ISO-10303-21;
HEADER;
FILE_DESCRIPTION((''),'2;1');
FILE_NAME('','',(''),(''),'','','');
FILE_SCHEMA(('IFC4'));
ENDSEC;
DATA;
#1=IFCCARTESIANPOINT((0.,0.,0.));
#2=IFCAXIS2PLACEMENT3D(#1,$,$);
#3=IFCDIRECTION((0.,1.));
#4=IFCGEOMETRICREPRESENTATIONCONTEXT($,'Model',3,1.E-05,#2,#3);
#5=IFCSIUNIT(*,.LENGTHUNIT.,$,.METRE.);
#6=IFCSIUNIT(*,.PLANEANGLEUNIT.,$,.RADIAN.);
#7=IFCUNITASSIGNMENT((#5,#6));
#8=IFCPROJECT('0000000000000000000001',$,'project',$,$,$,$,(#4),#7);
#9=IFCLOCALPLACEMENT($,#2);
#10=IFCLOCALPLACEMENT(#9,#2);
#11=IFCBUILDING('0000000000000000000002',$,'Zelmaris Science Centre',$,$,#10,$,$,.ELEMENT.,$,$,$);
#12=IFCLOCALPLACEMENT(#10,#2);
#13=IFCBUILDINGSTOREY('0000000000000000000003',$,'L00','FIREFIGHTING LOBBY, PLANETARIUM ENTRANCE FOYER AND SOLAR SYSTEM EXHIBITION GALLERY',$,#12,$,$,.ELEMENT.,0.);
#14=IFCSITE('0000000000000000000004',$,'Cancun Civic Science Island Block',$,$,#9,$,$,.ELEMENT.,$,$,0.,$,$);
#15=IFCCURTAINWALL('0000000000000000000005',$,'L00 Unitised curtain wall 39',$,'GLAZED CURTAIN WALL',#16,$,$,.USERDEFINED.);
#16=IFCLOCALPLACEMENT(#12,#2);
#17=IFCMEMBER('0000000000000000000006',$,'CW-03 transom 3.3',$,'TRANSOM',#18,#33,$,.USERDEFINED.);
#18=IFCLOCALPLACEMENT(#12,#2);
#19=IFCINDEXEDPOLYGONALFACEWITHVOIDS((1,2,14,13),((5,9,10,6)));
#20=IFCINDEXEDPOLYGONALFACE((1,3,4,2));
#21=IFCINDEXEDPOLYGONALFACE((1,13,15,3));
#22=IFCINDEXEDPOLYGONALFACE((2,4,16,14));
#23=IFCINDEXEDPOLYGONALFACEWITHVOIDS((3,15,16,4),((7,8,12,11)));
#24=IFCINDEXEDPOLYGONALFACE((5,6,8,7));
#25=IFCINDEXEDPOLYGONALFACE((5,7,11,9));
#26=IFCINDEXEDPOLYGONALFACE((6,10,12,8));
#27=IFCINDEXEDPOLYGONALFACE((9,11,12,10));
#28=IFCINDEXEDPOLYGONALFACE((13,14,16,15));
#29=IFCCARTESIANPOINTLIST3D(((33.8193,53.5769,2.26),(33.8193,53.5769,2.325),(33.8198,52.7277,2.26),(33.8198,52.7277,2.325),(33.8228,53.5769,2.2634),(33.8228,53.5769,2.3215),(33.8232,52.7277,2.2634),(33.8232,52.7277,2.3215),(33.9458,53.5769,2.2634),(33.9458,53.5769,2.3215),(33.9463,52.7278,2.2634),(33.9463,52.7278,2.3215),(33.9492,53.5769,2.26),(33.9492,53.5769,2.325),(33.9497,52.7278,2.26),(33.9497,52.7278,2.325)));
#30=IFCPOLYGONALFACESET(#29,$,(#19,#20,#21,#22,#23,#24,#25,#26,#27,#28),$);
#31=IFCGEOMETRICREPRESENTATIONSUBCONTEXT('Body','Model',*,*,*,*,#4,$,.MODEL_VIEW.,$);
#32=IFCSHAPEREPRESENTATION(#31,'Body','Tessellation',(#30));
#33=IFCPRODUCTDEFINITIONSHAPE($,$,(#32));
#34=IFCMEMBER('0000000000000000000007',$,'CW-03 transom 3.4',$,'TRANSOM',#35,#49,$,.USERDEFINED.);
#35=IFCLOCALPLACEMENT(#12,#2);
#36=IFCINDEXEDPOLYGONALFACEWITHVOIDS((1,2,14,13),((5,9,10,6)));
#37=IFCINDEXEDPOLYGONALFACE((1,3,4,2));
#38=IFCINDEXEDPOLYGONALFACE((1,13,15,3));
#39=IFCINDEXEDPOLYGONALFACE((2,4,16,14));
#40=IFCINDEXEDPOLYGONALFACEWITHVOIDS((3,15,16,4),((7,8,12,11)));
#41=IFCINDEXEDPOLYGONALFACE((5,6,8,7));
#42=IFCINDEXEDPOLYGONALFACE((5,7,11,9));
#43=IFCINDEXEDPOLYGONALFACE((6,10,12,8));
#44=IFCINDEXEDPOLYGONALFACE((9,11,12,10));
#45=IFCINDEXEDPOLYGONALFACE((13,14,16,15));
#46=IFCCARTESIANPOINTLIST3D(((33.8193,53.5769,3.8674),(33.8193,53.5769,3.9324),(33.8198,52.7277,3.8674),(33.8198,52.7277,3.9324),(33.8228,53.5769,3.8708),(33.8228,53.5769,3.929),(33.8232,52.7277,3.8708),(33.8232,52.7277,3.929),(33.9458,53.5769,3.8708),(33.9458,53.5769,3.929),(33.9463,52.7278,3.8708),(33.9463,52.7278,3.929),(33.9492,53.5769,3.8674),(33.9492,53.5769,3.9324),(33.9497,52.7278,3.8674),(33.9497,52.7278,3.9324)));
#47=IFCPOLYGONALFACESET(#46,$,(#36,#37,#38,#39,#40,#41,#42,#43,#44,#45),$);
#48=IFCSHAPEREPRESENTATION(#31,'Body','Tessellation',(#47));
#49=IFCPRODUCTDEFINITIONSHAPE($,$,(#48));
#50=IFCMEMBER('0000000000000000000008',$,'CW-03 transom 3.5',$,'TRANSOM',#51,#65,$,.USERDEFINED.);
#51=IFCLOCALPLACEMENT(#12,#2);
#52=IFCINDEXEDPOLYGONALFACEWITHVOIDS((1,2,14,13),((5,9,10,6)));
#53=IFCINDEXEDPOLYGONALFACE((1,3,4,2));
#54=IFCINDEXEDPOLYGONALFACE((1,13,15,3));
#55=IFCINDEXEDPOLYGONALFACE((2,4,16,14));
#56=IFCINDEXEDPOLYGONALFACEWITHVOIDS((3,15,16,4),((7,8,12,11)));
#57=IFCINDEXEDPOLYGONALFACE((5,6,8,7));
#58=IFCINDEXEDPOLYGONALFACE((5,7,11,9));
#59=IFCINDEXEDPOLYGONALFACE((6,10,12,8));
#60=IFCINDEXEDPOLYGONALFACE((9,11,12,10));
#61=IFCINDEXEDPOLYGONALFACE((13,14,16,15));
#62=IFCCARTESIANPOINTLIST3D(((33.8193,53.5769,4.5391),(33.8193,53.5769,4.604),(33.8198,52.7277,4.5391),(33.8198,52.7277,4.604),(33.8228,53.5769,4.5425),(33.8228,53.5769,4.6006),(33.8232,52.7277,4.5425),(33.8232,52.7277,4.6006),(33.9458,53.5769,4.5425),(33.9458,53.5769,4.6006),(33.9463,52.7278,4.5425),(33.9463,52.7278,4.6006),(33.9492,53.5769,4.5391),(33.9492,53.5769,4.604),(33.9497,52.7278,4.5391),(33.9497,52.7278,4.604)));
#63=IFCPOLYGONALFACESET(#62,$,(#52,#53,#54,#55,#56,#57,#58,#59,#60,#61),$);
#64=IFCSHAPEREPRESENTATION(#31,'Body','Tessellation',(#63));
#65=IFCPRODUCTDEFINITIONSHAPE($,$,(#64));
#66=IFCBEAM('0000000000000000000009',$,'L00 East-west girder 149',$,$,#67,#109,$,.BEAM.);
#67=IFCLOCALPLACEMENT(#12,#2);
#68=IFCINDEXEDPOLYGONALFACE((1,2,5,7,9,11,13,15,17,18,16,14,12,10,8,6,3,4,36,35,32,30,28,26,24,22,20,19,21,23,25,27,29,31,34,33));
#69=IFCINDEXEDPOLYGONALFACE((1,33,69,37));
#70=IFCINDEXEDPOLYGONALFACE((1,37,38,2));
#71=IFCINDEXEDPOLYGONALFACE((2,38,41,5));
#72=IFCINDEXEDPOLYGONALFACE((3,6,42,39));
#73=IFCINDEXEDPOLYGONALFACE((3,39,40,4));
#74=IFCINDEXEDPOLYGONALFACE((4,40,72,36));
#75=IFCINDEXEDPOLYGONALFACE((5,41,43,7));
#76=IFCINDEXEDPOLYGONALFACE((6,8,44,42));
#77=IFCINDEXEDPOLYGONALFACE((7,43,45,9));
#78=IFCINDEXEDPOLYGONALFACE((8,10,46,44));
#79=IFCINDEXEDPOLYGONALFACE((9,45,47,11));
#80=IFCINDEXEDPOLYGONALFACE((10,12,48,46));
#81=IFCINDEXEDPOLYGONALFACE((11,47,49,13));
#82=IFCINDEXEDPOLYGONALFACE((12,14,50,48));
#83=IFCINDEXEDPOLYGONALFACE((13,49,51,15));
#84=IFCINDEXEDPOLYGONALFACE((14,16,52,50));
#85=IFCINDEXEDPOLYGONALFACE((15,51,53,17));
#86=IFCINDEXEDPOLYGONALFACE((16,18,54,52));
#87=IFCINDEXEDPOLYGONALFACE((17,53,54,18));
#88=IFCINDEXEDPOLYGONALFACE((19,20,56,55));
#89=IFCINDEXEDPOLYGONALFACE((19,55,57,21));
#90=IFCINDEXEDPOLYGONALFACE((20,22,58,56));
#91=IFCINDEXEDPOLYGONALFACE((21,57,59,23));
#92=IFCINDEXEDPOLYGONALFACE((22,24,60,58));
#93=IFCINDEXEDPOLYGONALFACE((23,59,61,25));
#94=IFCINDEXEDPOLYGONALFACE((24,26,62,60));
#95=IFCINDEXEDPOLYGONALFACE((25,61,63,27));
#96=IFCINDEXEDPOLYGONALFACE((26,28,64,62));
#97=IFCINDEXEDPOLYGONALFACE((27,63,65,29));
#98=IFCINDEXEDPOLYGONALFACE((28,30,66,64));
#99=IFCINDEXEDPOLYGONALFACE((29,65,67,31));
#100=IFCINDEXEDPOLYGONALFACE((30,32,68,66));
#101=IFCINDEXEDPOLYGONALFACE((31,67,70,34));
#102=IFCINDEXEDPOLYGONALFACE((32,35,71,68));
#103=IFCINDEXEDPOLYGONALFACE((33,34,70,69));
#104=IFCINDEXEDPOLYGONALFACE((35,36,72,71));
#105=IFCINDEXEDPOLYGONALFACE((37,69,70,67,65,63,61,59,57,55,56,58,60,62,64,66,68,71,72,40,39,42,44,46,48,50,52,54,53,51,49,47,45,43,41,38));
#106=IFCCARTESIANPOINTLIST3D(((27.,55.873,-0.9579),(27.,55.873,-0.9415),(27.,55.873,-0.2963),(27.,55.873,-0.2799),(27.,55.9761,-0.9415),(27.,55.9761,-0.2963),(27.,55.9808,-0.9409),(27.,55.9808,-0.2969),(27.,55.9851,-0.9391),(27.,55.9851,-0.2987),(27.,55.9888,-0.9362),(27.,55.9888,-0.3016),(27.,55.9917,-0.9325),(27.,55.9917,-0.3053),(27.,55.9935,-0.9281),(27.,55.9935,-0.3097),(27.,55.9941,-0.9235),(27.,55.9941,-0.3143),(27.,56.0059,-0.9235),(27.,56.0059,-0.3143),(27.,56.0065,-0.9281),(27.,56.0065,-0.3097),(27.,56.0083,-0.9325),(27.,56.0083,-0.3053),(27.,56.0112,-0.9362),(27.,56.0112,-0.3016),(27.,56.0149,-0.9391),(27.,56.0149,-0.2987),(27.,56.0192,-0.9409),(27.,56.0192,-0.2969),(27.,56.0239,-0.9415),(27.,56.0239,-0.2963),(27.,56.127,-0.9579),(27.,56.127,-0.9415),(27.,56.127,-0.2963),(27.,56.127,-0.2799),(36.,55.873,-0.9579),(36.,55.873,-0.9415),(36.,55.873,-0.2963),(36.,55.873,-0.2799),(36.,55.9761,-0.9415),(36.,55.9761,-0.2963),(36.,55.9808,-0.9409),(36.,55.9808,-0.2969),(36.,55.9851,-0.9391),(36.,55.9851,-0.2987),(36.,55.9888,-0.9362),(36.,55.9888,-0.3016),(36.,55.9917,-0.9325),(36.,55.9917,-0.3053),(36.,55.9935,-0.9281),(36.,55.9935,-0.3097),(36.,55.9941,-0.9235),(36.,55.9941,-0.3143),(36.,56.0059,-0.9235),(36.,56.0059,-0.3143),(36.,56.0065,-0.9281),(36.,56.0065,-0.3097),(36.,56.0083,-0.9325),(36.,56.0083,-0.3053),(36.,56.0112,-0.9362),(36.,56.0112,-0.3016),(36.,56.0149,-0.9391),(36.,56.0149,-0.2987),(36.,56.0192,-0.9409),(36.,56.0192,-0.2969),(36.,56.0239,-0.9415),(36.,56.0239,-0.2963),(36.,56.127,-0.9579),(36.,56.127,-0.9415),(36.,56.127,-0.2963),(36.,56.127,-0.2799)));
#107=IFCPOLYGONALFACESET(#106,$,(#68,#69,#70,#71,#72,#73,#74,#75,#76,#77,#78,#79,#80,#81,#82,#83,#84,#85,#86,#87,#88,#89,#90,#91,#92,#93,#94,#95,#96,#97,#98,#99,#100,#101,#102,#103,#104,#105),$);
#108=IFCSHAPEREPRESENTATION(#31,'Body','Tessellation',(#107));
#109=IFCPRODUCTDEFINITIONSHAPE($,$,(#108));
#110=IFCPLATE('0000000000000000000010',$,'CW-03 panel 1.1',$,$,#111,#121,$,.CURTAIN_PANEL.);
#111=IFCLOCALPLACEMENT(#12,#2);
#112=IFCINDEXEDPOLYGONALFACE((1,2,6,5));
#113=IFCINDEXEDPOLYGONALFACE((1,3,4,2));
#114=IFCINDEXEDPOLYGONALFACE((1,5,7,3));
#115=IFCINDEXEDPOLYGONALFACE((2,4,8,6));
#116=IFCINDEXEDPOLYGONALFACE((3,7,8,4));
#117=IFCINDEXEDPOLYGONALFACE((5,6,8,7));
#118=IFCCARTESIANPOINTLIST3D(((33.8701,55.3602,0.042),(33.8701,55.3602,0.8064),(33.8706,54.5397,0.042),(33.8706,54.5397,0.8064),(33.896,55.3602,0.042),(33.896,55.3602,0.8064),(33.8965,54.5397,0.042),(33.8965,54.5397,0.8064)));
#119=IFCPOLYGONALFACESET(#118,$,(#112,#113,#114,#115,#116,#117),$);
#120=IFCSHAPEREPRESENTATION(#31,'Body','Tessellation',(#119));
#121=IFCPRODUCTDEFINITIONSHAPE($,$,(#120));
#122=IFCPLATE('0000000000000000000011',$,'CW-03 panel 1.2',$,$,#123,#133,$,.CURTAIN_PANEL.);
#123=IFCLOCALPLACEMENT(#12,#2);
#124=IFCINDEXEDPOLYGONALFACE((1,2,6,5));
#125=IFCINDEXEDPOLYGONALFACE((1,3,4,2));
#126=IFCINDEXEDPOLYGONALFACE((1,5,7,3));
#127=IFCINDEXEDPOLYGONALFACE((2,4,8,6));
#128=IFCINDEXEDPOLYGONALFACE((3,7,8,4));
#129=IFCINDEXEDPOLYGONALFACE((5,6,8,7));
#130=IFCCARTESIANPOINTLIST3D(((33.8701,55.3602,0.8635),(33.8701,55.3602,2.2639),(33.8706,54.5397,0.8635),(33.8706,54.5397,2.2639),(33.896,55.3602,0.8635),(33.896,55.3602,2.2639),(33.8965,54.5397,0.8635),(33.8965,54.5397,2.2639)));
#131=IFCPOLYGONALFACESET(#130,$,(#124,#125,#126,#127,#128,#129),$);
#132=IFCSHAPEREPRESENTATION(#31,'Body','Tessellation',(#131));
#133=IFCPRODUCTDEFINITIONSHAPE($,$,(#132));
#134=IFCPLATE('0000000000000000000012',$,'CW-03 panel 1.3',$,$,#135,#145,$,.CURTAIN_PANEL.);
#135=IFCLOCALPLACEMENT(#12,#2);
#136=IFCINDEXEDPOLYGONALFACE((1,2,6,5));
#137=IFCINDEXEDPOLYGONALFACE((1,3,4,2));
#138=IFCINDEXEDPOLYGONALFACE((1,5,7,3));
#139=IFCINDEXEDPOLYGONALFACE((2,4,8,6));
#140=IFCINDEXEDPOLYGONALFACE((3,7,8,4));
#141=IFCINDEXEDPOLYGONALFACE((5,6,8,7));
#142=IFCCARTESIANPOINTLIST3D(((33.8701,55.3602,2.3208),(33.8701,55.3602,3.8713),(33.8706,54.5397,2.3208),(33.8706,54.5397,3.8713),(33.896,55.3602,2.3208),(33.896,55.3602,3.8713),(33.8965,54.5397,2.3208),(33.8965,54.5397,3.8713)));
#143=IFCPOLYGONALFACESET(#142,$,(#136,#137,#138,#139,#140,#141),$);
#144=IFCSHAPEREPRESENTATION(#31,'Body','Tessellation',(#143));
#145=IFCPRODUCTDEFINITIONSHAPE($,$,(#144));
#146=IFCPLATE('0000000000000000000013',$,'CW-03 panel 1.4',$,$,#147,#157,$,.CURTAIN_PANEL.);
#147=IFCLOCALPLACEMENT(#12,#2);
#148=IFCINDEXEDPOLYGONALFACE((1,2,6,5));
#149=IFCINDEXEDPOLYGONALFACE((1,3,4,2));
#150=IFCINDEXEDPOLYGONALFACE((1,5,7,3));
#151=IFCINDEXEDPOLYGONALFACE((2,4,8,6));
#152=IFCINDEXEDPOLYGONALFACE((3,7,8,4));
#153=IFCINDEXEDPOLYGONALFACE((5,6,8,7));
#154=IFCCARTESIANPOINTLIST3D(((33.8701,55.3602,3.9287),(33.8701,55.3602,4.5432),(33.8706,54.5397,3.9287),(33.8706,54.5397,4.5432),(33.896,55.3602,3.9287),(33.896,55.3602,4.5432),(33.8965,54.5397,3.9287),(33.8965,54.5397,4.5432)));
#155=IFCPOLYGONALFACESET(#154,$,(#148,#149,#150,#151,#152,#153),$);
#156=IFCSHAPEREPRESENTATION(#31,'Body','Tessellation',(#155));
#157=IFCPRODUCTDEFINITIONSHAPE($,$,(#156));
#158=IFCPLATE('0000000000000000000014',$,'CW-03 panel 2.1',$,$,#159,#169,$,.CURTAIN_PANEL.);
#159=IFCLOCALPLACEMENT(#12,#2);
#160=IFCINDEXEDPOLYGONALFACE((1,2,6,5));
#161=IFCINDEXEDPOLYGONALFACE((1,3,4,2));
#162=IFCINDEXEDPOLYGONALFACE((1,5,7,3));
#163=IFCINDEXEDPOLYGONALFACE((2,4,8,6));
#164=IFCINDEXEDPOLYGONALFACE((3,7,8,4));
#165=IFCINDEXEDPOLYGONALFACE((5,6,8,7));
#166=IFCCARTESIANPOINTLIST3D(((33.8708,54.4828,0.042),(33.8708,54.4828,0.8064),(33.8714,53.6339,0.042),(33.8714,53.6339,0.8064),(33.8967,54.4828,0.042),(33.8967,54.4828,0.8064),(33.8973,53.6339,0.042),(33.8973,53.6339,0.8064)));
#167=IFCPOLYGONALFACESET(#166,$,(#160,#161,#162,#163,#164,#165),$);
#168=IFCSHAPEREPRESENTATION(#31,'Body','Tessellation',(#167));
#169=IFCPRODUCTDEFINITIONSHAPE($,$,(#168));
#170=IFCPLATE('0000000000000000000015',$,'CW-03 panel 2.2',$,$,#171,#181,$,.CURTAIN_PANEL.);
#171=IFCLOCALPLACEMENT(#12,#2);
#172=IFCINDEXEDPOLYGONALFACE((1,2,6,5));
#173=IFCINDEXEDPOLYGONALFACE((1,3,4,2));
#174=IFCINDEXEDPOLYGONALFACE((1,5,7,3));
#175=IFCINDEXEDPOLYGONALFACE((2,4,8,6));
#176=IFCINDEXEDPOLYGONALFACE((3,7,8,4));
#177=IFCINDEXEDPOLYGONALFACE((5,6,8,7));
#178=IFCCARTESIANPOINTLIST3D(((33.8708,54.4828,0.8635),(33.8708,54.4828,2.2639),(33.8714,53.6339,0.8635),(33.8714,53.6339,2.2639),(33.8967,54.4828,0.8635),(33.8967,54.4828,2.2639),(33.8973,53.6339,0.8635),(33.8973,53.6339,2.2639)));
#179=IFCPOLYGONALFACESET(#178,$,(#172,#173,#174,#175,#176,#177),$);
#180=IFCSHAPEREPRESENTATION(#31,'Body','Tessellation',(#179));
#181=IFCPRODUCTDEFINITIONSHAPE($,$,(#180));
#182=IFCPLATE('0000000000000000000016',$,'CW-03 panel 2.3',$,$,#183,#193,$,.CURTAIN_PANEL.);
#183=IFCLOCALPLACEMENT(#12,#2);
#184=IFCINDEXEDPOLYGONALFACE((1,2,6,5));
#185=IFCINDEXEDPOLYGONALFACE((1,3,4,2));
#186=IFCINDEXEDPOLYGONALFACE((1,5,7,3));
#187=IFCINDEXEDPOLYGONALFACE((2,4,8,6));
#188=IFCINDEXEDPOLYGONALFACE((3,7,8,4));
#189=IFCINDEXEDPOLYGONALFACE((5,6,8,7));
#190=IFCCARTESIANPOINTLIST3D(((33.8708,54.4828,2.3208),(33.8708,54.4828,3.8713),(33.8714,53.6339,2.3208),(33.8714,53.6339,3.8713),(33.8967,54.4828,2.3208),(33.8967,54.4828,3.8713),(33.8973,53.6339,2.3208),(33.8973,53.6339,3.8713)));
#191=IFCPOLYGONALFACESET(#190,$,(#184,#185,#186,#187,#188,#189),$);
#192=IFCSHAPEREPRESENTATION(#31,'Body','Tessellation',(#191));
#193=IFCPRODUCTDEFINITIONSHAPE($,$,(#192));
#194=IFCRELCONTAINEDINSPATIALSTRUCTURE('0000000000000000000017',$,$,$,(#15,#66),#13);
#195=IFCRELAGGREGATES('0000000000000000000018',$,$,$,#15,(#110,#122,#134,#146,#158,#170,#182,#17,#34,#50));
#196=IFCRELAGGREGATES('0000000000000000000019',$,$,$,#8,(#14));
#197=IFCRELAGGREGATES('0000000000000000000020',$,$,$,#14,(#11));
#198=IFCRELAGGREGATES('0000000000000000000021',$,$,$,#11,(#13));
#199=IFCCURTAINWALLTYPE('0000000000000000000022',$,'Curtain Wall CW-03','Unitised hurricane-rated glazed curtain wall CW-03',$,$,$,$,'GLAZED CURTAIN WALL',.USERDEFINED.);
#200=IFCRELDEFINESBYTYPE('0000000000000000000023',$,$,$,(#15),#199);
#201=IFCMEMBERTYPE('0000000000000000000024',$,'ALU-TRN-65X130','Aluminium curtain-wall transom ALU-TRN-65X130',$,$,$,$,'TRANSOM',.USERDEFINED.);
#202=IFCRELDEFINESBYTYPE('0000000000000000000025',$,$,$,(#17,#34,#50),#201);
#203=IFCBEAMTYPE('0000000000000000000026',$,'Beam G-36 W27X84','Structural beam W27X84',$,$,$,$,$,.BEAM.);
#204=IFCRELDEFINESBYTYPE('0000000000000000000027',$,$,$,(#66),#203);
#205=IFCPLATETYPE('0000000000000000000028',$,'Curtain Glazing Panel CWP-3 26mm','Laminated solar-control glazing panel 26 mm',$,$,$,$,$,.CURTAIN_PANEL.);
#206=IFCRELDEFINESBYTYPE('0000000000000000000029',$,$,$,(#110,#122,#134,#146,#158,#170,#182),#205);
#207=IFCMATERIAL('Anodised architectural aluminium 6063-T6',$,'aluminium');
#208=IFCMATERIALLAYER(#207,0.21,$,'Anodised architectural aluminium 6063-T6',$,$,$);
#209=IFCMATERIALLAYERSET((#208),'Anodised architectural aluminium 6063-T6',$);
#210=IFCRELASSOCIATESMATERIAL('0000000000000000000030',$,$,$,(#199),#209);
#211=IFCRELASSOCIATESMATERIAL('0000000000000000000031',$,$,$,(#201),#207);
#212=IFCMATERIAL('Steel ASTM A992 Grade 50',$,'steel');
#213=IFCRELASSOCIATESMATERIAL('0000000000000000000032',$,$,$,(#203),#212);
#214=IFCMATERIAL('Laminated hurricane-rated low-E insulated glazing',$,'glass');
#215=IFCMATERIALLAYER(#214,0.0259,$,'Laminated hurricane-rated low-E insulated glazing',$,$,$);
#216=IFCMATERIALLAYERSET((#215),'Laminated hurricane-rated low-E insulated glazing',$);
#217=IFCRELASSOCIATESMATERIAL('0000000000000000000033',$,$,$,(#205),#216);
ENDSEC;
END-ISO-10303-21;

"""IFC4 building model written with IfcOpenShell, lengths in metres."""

from ifc_helpers import new_model, si_unit, direction, frame, origin, origin_2d, place, context, subcontext, project, spatial, rectangle, hollow_rectangle, i_section, extrude, material, layer, layer_set, material_profile, profile_set, type_object, element, aggregate, save


model = new_model("IFC4")

# Units and contexts
model_context = context("Model", 3, precision=1e-05, world=origin(), true_north=direction((0.0, 1.0)))
body_context = subcontext(model_context, "Body", "Model", "MODEL_VIEW")
ifc_project = project(units=[si_unit("LENGTHUNIT", "METRE"), si_unit("PLANEANGLEUNIT", "RADIAN")], contexts=[model_context])

# Site, building, storey
site_placement = place(None, origin())
site = spatial("IfcSite", under=ifc_project, at=site_placement, Name="Cancun Civic Science Island Block", CompositionType="ELEMENT", RefElevation=0.0)
building_placement = place(site_placement, origin())
building = spatial("IfcBuilding", under=site, at=building_placement, Name="Zelmaris Science Centre", CompositionType="ELEMENT")
storey_placement = place(building_placement, origin())
storey = spatial("IfcBuildingStorey", under=building, at=storey_placement, Name="L00", Description="FIREFIGHTING LOBBY, PLANETARIUM ENTRANCE FOYER AND SOLAR SYSTEM EXHIBITION GALLERY", CompositionType="ELEMENT", Elevation=0.0)

# Shared definitions
ifc_material_1 = material(Name="Steel ASTM A992 Grade 50", Category="steel")

# Curtain wall, members
ifc_material_2 = material(Name="Anodised architectural aluminium 6063-T6", Category="aluminium")
ifc_layer_1 = layer(ifc_material_2, 0.21, Name="Anodised architectural aluminium 6063-T6")
ifc_layer_set_1 = layer_set([ifc_layer_1], Name="Anodised architectural aluminium 6063-T6")
curtain_wall_type = type_object("IfcCurtainWallType", Name="Curtain Wall CW-03", Description="Unitised hurricane-rated glazed curtain wall CW-03", ElementType="GLAZED CURTAIN WALL", PredefinedType="USERDEFINED", material=ifc_layer_set_1)
curtain_wall_placement = place(storey_placement, origin())
curtain_wall = element("IfcCurtainWall", 1, at=curtain_wall_placement, inside=storey, type_object=curtain_wall_type, Name="L00 Unitised curtain wall 39", ObjectType="GLAZED CURTAIN WALL", PredefinedType="USERDEFINED")
ifc_material_profile_1 = material_profile(ifc_material_2, hollow_rectangle(XDim=0.0649, YDim=0.1299, WallThickness=0.0034, at=origin_2d()), Name="ALU-TRN-65X130")
ifc_profile_set_1 = profile_set([ifc_material_profile_1], Name="Anodised architectural aluminium 6063-T6")
member_type_1 = type_object("IfcMemberType", Name="ALU-TRN-65X130", Description="Aluminium curtain-wall transom ALU-TRN-65X130", ElementType="TRANSOM", PredefinedType="USERDEFINED", material=ifc_profile_set_1)
member_1_placement = place(storey_placement, frame((33.8843, 53.5769, 2.2925), z_axis=(0.000575, -1.0, 0.0), x_axis=(0.0, 0.0, 1.0)))
member_1 = element("IfcMember", 2, at=member_1_placement, type_object=member_type_1, Name="CW-03 transom 3.3", ObjectType="TRANSOM", PredefinedType="USERDEFINED", context=body_context, shape_type="SweptSolid", body=[
    extrude(hollow_rectangle(XDim=0.0649, YDim=0.1299, WallThickness=0.0034, at=origin_2d()), origin(), (0.0, 0.0, 1.0), 0.8491),
])
member_2_placement = place(storey_placement, frame((33.8843, 53.5769, 3.8999), z_axis=(0.000575, -1.0, 0.0), x_axis=(0.0, 0.0, 1.0)))
member_2 = element("IfcMember", 3, at=member_2_placement, type_object=member_type_1, Name="CW-03 transom 3.4", ObjectType="TRANSOM", PredefinedType="USERDEFINED", context=body_context, shape_type="SweptSolid", body=[
    extrude(hollow_rectangle(XDim=0.0649, YDim=0.1299, WallThickness=0.0034, at=origin_2d()), origin(), (0.0, 0.0, 1.0), 0.8491),
])
member_3_placement = place(storey_placement, frame((33.8843, 53.5769, 4.5715), z_axis=(0.000575, -1.0, 0.0), x_axis=(0.0, 0.0, 1.0)))
member_3 = element("IfcMember", 4, at=member_3_placement, type_object=member_type_1, Name="CW-03 transom 3.5", ObjectType="TRANSOM", PredefinedType="USERDEFINED", context=body_context, shape_type="SweptSolid", body=[
    extrude(hollow_rectangle(XDim=0.0649, YDim=0.1299, WallThickness=0.0034, at=origin_2d()), origin(), (0.0, 0.0, 1.0), 0.8491),
])

# Beam
ifc_material_profile_2 = material_profile(ifc_material_1, i_section(OverallWidth=0.2539, OverallDepth=0.678, WebThickness=0.0117, FlangeThickness=0.0164, FilletRadius=0.0181, at=origin_2d()), Name="W27X84")
ifc_profile_set_2 = profile_set([ifc_material_profile_2], Name="Steel ASTM A992 Grade 50")
beam_type = type_object("IfcBeamType", Name="Beam G-36 W27X84", Description="Structural beam W27X84", PredefinedType="BEAM", material=ifc_profile_set_2)
beam_placement = place(storey_placement, frame((27.0, 56.0, -0.6189), z_axis=(1.0, 0.0, 0.0), x_axis=(0.0, 1.0, 0.0)))
element("IfcBeam", 5, at=beam_placement, inside=storey, type_object=beam_type, Name="L00 East-west girder 149", PredefinedType="BEAM", context=body_context, shape_type="SweptSolid", body=[
    extrude(i_section(OverallWidth=0.2539, OverallDepth=0.678, WebThickness=0.0117, FlangeThickness=0.0164, FilletRadius=0.0181, at=origin_2d()), origin(), (0.0, 0.0, 1.0), 9.0),
])

# Plates
ifc_material_3 = material(Name="Laminated hurricane-rated low-E insulated glazing", Category="glass")
ifc_layer_2 = layer(ifc_material_3, 0.0259, Name="Laminated hurricane-rated low-E insulated glazing")
ifc_layer_set_2 = layer_set([ifc_layer_2], Name="Laminated hurricane-rated low-E insulated glazing")
plate_type = type_object("IfcPlateType", Name="Curtain Glazing Panel CWP-3 26mm", Description="Laminated solar-control glazing panel 26 mm", PredefinedType="CURTAIN_PANEL", material=ifc_layer_set_2)
plate_1_placement = place(storey_placement, frame((33.8833, 54.95, 0.042), z_axis=(0.0, 0.0, 1.0), x_axis=(0.00069, -1.0, 0.0)))
plate_1 = element("IfcPlate", 6, at=plate_1_placement, type_object=plate_type, Name="CW-03 panel 1.1", PredefinedType="CURTAIN_PANEL", context=body_context, shape_type="SweptSolid", body=[
    extrude(rectangle(XDim=0.8206, YDim=0.0259, at=origin_2d()), origin(), (0.0, 0.0, 1.0), 0.7644),
])
plate_2_placement = place(storey_placement, frame((33.8833, 54.95, 0.8635), z_axis=(0.0, 0.0, 1.0), x_axis=(0.00069, -1.0, 0.0)))
plate_2 = element("IfcPlate", 7, at=plate_2_placement, type_object=plate_type, Name="CW-03 panel 1.2", PredefinedType="CURTAIN_PANEL", context=body_context, shape_type="SweptSolid", body=[
    extrude(rectangle(XDim=0.8206, YDim=0.0259, at=origin_2d()), origin(), (0.0, 0.0, 1.0), 1.4004),
])
plate_3_placement = place(storey_placement, frame((33.8833, 54.95, 2.3208), z_axis=(0.0, 0.0, 1.0), x_axis=(0.00069, -1.0, 0.0)))
plate_3 = element("IfcPlate", 8, at=plate_3_placement, type_object=plate_type, Name="CW-03 panel 1.3", PredefinedType="CURTAIN_PANEL", context=body_context, shape_type="SweptSolid", body=[
    extrude(rectangle(XDim=0.8206, YDim=0.0259, at=origin_2d()), origin(), (0.0, 0.0, 1.0), 1.5505),
])
plate_4_placement = place(storey_placement, frame((33.8833, 54.95, 3.9287), z_axis=(0.0, 0.0, 1.0), x_axis=(0.00069, -1.0, 0.0)))
plate_4 = element("IfcPlate", 9, at=plate_4_placement, type_object=plate_type, Name="CW-03 panel 1.4", PredefinedType="CURTAIN_PANEL", context=body_context, shape_type="SweptSolid", body=[
    extrude(rectangle(XDim=0.8206, YDim=0.0259, at=origin_2d()), origin(), (0.0, 0.0, 1.0), 0.6145),
])
plate_5_placement = place(storey_placement, frame((33.884, 54.0583, 0.042), z_axis=(0.0, 0.0, 1.0), x_axis=(0.00069, -1.0, 0.0)))
plate_5 = element("IfcPlate", 10, at=plate_5_placement, type_object=plate_type, Name="CW-03 panel 2.1", PredefinedType="CURTAIN_PANEL", context=body_context, shape_type="SweptSolid", body=[
    extrude(rectangle(XDim=0.8489, YDim=0.0259, at=origin_2d()), origin(), (0.0, 0.0, 1.0), 0.7644),
])
plate_6_placement = place(storey_placement, frame((33.884, 54.0583, 0.8635), z_axis=(0.0, 0.0, 1.0), x_axis=(0.00069, -1.0, 0.0)))
plate_6 = element("IfcPlate", 11, at=plate_6_placement, type_object=plate_type, Name="CW-03 panel 2.2", PredefinedType="CURTAIN_PANEL", context=body_context, shape_type="SweptSolid", body=[
    extrude(rectangle(XDim=0.8489, YDim=0.0259, at=origin_2d()), origin(), (0.0, 0.0, 1.0), 1.4004),
])
plate_7_placement = place(storey_placement, frame((33.884, 54.0583, 2.3208), z_axis=(0.0, 0.0, 1.0), x_axis=(0.00069, -1.0, 0.0)))
plate_7 = element("IfcPlate", 12, at=plate_7_placement, type_object=plate_type, Name="CW-03 panel 2.3", PredefinedType="CURTAIN_PANEL", context=body_context, shape_type="SweptSolid", body=[
    extrude(rectangle(XDim=0.8489, YDim=0.0259, at=origin_2d()), origin(), (0.0, 0.0, 1.0), 1.5505),
])
aggregate(curtain_wall, [plate_1, plate_2, plate_3, plate_4, plate_5, plate_6, plate_7, member_1, member_2, member_3])

save(model, "model.ifc")
